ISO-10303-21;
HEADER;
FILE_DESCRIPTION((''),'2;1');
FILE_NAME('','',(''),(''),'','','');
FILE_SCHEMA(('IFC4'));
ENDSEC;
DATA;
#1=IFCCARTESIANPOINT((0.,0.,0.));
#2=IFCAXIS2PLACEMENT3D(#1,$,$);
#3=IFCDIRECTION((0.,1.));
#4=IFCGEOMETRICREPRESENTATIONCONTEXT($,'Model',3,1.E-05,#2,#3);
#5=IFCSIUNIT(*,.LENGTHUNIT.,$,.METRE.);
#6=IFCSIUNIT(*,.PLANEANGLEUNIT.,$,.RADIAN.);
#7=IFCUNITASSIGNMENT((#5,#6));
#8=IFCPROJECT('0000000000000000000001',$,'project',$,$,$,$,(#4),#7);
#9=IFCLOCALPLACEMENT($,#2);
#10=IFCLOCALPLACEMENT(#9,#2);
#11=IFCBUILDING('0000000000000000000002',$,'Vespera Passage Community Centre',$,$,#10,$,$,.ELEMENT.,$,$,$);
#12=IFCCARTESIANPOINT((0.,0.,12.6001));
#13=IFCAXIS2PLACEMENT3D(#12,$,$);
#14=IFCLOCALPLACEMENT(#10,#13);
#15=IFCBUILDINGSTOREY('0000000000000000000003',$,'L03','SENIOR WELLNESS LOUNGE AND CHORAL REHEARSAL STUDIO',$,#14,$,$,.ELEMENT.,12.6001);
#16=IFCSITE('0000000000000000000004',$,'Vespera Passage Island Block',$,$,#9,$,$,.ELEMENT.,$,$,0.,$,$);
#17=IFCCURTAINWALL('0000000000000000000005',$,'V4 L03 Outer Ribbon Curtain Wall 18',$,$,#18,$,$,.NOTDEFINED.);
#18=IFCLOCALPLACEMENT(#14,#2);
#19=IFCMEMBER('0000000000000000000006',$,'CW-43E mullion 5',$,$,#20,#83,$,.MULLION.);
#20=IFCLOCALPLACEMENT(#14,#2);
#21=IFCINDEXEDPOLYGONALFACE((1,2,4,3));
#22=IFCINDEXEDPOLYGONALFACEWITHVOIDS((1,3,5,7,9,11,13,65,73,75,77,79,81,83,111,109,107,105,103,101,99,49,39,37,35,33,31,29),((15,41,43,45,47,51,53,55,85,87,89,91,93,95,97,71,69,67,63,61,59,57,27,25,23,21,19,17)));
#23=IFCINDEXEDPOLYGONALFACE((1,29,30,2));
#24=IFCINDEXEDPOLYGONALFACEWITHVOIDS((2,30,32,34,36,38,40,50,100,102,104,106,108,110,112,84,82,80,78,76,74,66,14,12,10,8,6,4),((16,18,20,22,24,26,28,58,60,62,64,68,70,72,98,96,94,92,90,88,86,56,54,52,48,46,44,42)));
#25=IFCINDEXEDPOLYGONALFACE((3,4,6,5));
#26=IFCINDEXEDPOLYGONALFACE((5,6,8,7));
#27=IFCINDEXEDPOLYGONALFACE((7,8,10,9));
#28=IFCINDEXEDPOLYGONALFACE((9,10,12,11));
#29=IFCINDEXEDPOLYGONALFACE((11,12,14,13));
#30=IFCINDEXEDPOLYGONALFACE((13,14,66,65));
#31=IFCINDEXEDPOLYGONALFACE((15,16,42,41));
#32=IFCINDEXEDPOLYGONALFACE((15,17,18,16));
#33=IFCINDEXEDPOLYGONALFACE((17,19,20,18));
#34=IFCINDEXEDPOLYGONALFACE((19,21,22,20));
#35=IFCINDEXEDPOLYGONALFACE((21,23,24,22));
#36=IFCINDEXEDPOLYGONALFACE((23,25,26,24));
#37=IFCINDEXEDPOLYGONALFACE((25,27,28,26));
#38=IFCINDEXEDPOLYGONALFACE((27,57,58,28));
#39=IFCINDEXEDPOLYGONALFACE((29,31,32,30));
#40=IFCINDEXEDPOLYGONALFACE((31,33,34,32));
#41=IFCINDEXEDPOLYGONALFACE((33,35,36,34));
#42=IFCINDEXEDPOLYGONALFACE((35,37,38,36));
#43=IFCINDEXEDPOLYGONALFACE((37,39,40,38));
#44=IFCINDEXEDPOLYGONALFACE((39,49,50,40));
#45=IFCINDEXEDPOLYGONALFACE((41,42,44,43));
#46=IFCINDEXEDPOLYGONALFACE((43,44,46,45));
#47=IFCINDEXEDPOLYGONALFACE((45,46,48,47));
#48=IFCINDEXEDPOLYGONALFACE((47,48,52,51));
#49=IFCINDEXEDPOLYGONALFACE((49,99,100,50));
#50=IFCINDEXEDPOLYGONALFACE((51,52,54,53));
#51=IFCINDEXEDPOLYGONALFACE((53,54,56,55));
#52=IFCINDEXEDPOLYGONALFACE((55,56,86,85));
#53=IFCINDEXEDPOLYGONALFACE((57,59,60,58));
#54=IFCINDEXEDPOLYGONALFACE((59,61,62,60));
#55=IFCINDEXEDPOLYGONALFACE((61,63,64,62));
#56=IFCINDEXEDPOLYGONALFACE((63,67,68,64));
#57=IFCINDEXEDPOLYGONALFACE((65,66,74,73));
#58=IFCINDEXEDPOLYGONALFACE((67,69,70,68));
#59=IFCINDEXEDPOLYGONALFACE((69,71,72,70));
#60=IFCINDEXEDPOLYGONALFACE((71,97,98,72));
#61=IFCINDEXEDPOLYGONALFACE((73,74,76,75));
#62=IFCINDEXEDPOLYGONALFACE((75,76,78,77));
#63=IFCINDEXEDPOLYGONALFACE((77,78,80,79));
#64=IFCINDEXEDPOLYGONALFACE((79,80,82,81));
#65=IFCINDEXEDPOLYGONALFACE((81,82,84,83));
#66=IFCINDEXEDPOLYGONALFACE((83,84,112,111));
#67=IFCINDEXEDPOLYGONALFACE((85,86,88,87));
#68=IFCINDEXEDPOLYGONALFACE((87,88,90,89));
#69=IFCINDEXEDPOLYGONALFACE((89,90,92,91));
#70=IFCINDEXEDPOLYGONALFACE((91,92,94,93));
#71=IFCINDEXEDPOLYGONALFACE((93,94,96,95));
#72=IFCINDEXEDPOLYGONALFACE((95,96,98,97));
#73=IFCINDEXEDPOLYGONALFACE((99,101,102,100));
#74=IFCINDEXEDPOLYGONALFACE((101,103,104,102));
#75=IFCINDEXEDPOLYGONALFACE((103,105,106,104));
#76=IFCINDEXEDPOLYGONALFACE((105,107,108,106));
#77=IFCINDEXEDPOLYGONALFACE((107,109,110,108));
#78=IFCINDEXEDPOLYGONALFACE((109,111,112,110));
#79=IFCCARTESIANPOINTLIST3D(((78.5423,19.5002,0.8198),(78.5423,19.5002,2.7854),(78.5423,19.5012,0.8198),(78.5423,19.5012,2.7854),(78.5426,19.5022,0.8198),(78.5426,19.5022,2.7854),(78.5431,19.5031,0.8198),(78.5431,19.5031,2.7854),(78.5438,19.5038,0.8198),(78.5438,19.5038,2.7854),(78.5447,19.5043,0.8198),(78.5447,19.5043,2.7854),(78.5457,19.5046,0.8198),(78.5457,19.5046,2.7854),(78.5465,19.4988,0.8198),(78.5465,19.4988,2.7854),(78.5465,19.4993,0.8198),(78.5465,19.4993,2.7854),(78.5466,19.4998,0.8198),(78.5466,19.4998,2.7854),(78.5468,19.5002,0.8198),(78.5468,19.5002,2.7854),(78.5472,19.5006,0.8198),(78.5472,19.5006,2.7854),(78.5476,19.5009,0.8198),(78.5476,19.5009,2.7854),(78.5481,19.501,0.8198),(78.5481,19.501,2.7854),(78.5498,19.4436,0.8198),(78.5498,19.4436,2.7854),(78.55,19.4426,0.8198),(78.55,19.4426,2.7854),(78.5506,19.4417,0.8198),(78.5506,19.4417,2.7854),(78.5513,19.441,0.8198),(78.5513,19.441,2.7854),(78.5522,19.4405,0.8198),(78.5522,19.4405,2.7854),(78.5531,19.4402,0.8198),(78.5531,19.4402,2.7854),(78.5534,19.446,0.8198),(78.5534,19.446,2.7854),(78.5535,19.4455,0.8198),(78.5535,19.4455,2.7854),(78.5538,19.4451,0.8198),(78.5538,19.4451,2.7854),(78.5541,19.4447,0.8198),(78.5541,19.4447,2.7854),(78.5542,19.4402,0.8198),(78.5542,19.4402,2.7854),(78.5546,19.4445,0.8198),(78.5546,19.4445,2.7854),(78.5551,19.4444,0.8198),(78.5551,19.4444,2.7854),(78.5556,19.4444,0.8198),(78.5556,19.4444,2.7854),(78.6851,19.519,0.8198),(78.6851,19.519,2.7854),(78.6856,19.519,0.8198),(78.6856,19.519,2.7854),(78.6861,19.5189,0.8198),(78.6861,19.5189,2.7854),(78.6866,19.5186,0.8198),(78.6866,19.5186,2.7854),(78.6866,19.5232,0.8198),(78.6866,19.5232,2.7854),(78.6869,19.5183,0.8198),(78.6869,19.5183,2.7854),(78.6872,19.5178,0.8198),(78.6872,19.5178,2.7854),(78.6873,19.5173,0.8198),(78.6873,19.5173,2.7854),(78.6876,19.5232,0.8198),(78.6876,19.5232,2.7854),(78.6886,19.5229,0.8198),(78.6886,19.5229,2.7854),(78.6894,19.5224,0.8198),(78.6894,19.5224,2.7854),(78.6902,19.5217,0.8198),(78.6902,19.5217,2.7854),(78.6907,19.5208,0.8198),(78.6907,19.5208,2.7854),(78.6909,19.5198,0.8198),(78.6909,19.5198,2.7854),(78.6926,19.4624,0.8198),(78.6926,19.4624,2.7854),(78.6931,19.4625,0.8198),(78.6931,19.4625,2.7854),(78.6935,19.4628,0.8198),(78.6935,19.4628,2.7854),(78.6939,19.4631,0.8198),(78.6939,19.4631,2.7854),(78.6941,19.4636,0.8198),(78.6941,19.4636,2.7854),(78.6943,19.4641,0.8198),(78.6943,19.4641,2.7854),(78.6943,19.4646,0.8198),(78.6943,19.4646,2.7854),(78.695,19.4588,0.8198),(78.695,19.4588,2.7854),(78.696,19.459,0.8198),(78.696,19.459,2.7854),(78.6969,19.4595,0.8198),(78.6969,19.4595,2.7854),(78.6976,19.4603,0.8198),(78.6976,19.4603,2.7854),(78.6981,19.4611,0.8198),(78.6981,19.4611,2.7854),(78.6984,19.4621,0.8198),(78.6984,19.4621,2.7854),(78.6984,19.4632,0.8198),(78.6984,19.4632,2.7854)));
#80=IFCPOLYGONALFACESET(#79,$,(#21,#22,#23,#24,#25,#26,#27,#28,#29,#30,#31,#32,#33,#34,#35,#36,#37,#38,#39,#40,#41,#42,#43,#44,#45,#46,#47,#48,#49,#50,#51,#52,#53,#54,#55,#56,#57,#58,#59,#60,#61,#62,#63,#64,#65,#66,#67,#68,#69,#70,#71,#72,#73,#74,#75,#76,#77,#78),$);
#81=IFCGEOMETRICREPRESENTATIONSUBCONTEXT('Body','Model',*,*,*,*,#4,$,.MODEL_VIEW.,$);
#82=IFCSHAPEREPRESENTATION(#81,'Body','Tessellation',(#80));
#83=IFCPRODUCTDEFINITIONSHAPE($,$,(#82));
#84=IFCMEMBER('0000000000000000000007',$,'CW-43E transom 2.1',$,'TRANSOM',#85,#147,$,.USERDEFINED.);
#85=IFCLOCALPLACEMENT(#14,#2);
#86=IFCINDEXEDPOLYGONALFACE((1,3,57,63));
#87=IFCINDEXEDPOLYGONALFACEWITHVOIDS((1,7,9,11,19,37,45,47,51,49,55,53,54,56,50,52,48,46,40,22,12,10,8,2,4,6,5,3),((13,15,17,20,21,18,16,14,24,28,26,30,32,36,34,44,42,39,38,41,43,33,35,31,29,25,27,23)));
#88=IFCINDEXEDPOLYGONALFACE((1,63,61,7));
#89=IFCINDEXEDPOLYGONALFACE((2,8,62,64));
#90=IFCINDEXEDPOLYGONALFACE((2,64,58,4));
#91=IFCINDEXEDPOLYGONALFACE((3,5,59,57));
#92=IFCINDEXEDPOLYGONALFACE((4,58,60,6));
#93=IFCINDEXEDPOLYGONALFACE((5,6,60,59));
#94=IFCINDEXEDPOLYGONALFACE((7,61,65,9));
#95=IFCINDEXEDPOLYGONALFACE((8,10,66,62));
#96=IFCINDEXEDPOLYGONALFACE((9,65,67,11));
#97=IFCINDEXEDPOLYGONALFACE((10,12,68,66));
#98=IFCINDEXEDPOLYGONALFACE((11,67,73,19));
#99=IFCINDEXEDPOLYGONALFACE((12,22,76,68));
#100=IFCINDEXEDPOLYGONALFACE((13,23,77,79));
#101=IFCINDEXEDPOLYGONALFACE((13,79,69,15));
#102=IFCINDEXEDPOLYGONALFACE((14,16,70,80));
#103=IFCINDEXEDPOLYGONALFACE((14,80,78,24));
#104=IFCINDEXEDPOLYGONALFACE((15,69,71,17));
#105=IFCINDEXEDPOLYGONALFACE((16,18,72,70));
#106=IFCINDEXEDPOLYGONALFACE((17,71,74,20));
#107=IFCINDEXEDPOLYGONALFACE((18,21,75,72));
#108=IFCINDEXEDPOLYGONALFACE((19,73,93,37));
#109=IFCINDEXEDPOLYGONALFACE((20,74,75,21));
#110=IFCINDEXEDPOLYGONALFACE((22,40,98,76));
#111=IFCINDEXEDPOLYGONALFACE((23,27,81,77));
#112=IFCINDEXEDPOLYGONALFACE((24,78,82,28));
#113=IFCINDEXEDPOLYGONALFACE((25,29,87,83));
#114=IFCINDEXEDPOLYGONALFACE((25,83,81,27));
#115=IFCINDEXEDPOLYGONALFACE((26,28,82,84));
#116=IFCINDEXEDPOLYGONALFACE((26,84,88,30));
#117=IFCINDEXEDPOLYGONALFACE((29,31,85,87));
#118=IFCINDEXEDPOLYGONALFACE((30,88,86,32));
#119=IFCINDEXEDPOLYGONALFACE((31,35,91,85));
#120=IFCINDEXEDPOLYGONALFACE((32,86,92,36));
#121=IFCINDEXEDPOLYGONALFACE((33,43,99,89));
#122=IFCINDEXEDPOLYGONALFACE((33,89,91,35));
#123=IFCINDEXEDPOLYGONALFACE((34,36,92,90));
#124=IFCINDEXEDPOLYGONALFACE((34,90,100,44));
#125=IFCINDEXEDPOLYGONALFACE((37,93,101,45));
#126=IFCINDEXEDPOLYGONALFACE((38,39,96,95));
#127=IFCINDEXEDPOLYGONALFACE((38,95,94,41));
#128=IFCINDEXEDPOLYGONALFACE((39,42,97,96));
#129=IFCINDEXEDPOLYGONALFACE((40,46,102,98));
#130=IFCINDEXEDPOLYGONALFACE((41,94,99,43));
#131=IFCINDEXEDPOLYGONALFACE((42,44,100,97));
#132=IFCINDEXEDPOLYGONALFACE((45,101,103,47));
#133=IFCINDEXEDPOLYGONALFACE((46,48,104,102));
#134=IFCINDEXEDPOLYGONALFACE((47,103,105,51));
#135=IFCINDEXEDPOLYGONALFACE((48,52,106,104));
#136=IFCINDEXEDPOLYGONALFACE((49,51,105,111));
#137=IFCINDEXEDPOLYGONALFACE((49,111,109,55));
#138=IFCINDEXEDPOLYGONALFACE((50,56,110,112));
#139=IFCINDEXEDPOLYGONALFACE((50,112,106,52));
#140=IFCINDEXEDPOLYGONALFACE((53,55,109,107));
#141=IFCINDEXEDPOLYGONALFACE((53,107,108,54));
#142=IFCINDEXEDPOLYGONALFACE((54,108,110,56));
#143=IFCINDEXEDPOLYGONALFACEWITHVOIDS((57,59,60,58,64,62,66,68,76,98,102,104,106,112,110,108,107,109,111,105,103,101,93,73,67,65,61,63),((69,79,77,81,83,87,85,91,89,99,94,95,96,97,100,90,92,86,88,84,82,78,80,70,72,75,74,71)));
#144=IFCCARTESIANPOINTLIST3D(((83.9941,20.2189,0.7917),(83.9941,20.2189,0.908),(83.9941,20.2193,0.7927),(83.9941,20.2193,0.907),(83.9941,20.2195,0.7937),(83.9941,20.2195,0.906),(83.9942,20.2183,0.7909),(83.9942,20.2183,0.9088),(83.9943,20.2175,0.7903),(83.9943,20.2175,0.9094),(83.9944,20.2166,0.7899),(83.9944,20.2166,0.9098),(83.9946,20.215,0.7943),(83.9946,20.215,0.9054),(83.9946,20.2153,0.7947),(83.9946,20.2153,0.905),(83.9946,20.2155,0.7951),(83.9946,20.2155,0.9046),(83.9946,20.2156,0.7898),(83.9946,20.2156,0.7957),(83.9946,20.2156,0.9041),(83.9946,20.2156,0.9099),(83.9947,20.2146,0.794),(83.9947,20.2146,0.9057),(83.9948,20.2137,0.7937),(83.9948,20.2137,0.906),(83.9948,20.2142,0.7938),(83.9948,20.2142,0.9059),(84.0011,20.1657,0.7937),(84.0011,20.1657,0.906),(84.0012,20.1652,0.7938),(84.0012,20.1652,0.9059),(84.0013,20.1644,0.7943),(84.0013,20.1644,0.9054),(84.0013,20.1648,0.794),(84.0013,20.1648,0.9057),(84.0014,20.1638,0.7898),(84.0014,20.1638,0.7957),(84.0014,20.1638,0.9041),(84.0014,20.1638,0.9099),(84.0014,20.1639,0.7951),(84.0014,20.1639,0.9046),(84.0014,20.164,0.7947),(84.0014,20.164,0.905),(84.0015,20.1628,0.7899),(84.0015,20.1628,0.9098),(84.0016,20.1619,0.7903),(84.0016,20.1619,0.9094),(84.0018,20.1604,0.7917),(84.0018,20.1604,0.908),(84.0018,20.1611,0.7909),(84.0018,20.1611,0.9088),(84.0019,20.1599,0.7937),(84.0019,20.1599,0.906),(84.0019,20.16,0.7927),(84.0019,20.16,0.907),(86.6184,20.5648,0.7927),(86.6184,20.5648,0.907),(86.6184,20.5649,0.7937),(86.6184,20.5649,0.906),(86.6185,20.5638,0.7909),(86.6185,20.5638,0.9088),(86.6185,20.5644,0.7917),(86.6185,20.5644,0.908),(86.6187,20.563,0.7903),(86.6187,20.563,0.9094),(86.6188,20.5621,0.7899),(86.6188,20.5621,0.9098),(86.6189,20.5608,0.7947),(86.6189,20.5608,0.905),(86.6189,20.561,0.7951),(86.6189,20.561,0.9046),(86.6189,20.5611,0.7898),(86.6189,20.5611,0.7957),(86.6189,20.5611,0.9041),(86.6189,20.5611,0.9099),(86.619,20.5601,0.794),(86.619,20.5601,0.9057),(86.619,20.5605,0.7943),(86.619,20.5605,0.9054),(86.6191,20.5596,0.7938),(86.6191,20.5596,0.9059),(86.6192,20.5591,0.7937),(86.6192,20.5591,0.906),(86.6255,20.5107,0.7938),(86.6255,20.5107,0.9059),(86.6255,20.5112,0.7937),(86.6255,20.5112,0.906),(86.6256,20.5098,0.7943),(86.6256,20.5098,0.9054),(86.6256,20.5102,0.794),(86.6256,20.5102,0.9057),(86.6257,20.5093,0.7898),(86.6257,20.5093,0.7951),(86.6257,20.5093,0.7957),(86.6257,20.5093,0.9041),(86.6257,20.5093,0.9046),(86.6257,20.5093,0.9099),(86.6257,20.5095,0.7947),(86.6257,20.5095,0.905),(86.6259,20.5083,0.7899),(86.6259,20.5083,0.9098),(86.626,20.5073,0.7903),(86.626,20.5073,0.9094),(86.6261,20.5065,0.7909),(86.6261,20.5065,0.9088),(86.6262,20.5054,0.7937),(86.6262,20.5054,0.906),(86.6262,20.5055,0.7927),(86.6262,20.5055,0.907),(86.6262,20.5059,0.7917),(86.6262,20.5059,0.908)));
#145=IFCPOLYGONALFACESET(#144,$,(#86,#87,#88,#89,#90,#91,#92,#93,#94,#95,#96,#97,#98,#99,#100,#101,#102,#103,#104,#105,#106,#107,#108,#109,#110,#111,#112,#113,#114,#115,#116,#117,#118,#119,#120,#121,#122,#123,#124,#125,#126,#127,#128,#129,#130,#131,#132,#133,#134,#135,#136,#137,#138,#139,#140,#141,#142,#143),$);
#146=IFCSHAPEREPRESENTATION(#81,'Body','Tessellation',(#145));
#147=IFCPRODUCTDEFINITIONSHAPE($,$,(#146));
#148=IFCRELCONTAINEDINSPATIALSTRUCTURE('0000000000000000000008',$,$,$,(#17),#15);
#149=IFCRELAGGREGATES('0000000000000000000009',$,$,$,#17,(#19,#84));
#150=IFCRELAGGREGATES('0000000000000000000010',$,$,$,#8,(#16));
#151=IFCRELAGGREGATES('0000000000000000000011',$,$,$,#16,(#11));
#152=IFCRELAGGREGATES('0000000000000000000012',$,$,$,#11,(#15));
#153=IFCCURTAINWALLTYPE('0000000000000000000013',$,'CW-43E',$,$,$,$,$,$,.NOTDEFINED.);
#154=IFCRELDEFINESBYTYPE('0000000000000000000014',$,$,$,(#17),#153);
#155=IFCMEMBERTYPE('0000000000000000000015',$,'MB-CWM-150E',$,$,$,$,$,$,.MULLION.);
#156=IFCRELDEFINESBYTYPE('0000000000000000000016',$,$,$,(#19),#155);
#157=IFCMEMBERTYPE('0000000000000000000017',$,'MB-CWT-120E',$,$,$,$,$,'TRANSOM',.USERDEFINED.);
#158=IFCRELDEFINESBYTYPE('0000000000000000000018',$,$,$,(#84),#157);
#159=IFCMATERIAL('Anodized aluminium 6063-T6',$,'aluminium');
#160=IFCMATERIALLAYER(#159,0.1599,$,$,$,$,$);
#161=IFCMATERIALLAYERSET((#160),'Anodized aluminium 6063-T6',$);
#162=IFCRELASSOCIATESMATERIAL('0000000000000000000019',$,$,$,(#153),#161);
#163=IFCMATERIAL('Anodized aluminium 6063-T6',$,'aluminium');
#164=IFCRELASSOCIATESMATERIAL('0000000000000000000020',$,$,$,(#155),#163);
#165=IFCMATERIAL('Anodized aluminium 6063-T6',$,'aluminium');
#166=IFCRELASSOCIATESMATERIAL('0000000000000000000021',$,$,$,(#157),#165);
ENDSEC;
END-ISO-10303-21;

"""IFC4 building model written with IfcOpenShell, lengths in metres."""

from ifc_helpers import new_model, si_unit, direction, frame, origin, origin_2d, place, context, subcontext, project, spatial, hollow_rectangle, extrude, material, layer, layer_set, material_profile, profile_set, type_object, element, aggregate, save


model = new_model("IFC4")

# Units and contexts
model_context = context("Model", 3, precision=1e-05, world=origin(), true_north=direction((0.0, 1.0)))
body_context = subcontext(model_context, "Body", "Model", "MODEL_VIEW")
ifc_project = project(units=[si_unit("LENGTHUNIT", "METRE"), si_unit("PLANEANGLEUNIT", "RADIAN")], contexts=[model_context])

# Site, building, storey
site_placement = place(None, origin())
site = spatial("IfcSite", under=ifc_project, at=site_placement, Name="Vespera Passage Island Block", CompositionType="ELEMENT", RefElevation=0.0)
building_placement = place(site_placement, origin())
building = spatial("IfcBuilding", under=site, at=building_placement, Name="Vespera Passage Community Centre", CompositionType="ELEMENT")
storey_placement = place(building_placement, frame((0.0, 0.0, 12.6001)))
storey = spatial("IfcBuildingStorey", under=building, at=storey_placement, Name="L03", Description="SENIOR WELLNESS LOUNGE AND CHORAL REHEARSAL STUDIO", CompositionType="ELEMENT", Elevation=12.6001)

# Curtain wall, members
ifc_material_1 = material(Name="Anodized aluminium 6063-T6", Category="aluminium")
ifc_layer_1 = layer(ifc_material_1, 0.1599)
ifc_layer_set_1 = layer_set([ifc_layer_1], Name="Anodized aluminium 6063-T6")
curtain_wall_type = type_object("IfcCurtainWallType", Name="CW-43E", PredefinedType="NOTDEFINED", material=ifc_layer_set_1)
curtain_wall_placement = place(storey_placement, origin())
curtain_wall = element("IfcCurtainWall", 1, at=curtain_wall_placement, inside=storey, type_object=curtain_wall_type, Name="V4 L03 Outer Ribbon Curtain Wall 18", PredefinedType="NOTDEFINED")
ifc_material_2 = material(Name="Anodized aluminium 6063-T6", Category="aluminium")
ifc_material_profile_1 = material_profile(ifc_material_2, hollow_rectangle(XDim=0.0649, YDim=0.1499, WallThickness=0.0039, InnerFilletRadius=0.002, OuterFilletRadius=0.0039, at=origin_2d()), Name="ALU150X65X4")
ifc_profile_set_1 = profile_set([ifc_material_profile_1], Name="Anodized aluminium 6063-T6")
member_type_1 = type_object("IfcMemberType", Name="MB-CWM-150E", PredefinedType="MULLION", material=ifc_profile_set_1)
member_1_placement = place(storey_placement, frame((78.6204, 19.4817, 0.8198), z_axis=(0.0, 0.0, 1.0), x_axis=(0.130531, -0.991444, 0.0)))
member_1 = element("IfcMember", 2, at=member_1_placement, type_object=member_type_1, Name="CW-43E mullion 5", PredefinedType="MULLION", context=body_context, shape_type="SweptSolid", body=[
    extrude(hollow_rectangle(XDim=0.0649, YDim=0.1499, WallThickness=0.0039, InnerFilletRadius=0.002, OuterFilletRadius=0.0039, at=origin_2d()), origin(), (0.0, 0.0, 1.0), 1.9656),
])
ifc_material_3 = material(Name="Anodized aluminium 6063-T6", Category="aluminium")
ifc_material_profile_2 = material_profile(ifc_material_3, hollow_rectangle(XDim=0.0601, YDim=0.1201, WallThickness=0.0039, InnerFilletRadius=0.002, OuterFilletRadius=0.0039, at=origin_2d()), Name="ALU120X60X4")
ifc_profile_set_2 = profile_set([ifc_material_profile_2], Name="Anodized aluminium 6063-T6")
member_type_2 = type_object("IfcMemberType", Name="MB-CWT-120E", ElementType="TRANSOM", PredefinedType="USERDEFINED", material=ifc_profile_set_2)
member_2_placement = place(storey_placement, frame((86.6223, 20.5352, 0.8499), z_axis=(-0.991446, -0.130514, 0.0), x_axis=(0.130514, -0.991446, 0.0)))
member_2 = element("IfcMember", 3, at=member_2_placement, type_object=member_type_2, Name="CW-43E transom 2.1", ObjectType="TRANSOM", PredefinedType="USERDEFINED", context=body_context, shape_type="SweptSolid", body=[
    extrude(hollow_rectangle(XDim=0.0601, YDim=0.1201, WallThickness=0.0039, InnerFilletRadius=0.002, OuterFilletRadius=0.0039, at=origin_2d()), origin(), (0.0, 0.0, 1.0), 2.647),
])
aggregate(curtain_wall, [member_1, member_2])

save(model, "model.ifc")
